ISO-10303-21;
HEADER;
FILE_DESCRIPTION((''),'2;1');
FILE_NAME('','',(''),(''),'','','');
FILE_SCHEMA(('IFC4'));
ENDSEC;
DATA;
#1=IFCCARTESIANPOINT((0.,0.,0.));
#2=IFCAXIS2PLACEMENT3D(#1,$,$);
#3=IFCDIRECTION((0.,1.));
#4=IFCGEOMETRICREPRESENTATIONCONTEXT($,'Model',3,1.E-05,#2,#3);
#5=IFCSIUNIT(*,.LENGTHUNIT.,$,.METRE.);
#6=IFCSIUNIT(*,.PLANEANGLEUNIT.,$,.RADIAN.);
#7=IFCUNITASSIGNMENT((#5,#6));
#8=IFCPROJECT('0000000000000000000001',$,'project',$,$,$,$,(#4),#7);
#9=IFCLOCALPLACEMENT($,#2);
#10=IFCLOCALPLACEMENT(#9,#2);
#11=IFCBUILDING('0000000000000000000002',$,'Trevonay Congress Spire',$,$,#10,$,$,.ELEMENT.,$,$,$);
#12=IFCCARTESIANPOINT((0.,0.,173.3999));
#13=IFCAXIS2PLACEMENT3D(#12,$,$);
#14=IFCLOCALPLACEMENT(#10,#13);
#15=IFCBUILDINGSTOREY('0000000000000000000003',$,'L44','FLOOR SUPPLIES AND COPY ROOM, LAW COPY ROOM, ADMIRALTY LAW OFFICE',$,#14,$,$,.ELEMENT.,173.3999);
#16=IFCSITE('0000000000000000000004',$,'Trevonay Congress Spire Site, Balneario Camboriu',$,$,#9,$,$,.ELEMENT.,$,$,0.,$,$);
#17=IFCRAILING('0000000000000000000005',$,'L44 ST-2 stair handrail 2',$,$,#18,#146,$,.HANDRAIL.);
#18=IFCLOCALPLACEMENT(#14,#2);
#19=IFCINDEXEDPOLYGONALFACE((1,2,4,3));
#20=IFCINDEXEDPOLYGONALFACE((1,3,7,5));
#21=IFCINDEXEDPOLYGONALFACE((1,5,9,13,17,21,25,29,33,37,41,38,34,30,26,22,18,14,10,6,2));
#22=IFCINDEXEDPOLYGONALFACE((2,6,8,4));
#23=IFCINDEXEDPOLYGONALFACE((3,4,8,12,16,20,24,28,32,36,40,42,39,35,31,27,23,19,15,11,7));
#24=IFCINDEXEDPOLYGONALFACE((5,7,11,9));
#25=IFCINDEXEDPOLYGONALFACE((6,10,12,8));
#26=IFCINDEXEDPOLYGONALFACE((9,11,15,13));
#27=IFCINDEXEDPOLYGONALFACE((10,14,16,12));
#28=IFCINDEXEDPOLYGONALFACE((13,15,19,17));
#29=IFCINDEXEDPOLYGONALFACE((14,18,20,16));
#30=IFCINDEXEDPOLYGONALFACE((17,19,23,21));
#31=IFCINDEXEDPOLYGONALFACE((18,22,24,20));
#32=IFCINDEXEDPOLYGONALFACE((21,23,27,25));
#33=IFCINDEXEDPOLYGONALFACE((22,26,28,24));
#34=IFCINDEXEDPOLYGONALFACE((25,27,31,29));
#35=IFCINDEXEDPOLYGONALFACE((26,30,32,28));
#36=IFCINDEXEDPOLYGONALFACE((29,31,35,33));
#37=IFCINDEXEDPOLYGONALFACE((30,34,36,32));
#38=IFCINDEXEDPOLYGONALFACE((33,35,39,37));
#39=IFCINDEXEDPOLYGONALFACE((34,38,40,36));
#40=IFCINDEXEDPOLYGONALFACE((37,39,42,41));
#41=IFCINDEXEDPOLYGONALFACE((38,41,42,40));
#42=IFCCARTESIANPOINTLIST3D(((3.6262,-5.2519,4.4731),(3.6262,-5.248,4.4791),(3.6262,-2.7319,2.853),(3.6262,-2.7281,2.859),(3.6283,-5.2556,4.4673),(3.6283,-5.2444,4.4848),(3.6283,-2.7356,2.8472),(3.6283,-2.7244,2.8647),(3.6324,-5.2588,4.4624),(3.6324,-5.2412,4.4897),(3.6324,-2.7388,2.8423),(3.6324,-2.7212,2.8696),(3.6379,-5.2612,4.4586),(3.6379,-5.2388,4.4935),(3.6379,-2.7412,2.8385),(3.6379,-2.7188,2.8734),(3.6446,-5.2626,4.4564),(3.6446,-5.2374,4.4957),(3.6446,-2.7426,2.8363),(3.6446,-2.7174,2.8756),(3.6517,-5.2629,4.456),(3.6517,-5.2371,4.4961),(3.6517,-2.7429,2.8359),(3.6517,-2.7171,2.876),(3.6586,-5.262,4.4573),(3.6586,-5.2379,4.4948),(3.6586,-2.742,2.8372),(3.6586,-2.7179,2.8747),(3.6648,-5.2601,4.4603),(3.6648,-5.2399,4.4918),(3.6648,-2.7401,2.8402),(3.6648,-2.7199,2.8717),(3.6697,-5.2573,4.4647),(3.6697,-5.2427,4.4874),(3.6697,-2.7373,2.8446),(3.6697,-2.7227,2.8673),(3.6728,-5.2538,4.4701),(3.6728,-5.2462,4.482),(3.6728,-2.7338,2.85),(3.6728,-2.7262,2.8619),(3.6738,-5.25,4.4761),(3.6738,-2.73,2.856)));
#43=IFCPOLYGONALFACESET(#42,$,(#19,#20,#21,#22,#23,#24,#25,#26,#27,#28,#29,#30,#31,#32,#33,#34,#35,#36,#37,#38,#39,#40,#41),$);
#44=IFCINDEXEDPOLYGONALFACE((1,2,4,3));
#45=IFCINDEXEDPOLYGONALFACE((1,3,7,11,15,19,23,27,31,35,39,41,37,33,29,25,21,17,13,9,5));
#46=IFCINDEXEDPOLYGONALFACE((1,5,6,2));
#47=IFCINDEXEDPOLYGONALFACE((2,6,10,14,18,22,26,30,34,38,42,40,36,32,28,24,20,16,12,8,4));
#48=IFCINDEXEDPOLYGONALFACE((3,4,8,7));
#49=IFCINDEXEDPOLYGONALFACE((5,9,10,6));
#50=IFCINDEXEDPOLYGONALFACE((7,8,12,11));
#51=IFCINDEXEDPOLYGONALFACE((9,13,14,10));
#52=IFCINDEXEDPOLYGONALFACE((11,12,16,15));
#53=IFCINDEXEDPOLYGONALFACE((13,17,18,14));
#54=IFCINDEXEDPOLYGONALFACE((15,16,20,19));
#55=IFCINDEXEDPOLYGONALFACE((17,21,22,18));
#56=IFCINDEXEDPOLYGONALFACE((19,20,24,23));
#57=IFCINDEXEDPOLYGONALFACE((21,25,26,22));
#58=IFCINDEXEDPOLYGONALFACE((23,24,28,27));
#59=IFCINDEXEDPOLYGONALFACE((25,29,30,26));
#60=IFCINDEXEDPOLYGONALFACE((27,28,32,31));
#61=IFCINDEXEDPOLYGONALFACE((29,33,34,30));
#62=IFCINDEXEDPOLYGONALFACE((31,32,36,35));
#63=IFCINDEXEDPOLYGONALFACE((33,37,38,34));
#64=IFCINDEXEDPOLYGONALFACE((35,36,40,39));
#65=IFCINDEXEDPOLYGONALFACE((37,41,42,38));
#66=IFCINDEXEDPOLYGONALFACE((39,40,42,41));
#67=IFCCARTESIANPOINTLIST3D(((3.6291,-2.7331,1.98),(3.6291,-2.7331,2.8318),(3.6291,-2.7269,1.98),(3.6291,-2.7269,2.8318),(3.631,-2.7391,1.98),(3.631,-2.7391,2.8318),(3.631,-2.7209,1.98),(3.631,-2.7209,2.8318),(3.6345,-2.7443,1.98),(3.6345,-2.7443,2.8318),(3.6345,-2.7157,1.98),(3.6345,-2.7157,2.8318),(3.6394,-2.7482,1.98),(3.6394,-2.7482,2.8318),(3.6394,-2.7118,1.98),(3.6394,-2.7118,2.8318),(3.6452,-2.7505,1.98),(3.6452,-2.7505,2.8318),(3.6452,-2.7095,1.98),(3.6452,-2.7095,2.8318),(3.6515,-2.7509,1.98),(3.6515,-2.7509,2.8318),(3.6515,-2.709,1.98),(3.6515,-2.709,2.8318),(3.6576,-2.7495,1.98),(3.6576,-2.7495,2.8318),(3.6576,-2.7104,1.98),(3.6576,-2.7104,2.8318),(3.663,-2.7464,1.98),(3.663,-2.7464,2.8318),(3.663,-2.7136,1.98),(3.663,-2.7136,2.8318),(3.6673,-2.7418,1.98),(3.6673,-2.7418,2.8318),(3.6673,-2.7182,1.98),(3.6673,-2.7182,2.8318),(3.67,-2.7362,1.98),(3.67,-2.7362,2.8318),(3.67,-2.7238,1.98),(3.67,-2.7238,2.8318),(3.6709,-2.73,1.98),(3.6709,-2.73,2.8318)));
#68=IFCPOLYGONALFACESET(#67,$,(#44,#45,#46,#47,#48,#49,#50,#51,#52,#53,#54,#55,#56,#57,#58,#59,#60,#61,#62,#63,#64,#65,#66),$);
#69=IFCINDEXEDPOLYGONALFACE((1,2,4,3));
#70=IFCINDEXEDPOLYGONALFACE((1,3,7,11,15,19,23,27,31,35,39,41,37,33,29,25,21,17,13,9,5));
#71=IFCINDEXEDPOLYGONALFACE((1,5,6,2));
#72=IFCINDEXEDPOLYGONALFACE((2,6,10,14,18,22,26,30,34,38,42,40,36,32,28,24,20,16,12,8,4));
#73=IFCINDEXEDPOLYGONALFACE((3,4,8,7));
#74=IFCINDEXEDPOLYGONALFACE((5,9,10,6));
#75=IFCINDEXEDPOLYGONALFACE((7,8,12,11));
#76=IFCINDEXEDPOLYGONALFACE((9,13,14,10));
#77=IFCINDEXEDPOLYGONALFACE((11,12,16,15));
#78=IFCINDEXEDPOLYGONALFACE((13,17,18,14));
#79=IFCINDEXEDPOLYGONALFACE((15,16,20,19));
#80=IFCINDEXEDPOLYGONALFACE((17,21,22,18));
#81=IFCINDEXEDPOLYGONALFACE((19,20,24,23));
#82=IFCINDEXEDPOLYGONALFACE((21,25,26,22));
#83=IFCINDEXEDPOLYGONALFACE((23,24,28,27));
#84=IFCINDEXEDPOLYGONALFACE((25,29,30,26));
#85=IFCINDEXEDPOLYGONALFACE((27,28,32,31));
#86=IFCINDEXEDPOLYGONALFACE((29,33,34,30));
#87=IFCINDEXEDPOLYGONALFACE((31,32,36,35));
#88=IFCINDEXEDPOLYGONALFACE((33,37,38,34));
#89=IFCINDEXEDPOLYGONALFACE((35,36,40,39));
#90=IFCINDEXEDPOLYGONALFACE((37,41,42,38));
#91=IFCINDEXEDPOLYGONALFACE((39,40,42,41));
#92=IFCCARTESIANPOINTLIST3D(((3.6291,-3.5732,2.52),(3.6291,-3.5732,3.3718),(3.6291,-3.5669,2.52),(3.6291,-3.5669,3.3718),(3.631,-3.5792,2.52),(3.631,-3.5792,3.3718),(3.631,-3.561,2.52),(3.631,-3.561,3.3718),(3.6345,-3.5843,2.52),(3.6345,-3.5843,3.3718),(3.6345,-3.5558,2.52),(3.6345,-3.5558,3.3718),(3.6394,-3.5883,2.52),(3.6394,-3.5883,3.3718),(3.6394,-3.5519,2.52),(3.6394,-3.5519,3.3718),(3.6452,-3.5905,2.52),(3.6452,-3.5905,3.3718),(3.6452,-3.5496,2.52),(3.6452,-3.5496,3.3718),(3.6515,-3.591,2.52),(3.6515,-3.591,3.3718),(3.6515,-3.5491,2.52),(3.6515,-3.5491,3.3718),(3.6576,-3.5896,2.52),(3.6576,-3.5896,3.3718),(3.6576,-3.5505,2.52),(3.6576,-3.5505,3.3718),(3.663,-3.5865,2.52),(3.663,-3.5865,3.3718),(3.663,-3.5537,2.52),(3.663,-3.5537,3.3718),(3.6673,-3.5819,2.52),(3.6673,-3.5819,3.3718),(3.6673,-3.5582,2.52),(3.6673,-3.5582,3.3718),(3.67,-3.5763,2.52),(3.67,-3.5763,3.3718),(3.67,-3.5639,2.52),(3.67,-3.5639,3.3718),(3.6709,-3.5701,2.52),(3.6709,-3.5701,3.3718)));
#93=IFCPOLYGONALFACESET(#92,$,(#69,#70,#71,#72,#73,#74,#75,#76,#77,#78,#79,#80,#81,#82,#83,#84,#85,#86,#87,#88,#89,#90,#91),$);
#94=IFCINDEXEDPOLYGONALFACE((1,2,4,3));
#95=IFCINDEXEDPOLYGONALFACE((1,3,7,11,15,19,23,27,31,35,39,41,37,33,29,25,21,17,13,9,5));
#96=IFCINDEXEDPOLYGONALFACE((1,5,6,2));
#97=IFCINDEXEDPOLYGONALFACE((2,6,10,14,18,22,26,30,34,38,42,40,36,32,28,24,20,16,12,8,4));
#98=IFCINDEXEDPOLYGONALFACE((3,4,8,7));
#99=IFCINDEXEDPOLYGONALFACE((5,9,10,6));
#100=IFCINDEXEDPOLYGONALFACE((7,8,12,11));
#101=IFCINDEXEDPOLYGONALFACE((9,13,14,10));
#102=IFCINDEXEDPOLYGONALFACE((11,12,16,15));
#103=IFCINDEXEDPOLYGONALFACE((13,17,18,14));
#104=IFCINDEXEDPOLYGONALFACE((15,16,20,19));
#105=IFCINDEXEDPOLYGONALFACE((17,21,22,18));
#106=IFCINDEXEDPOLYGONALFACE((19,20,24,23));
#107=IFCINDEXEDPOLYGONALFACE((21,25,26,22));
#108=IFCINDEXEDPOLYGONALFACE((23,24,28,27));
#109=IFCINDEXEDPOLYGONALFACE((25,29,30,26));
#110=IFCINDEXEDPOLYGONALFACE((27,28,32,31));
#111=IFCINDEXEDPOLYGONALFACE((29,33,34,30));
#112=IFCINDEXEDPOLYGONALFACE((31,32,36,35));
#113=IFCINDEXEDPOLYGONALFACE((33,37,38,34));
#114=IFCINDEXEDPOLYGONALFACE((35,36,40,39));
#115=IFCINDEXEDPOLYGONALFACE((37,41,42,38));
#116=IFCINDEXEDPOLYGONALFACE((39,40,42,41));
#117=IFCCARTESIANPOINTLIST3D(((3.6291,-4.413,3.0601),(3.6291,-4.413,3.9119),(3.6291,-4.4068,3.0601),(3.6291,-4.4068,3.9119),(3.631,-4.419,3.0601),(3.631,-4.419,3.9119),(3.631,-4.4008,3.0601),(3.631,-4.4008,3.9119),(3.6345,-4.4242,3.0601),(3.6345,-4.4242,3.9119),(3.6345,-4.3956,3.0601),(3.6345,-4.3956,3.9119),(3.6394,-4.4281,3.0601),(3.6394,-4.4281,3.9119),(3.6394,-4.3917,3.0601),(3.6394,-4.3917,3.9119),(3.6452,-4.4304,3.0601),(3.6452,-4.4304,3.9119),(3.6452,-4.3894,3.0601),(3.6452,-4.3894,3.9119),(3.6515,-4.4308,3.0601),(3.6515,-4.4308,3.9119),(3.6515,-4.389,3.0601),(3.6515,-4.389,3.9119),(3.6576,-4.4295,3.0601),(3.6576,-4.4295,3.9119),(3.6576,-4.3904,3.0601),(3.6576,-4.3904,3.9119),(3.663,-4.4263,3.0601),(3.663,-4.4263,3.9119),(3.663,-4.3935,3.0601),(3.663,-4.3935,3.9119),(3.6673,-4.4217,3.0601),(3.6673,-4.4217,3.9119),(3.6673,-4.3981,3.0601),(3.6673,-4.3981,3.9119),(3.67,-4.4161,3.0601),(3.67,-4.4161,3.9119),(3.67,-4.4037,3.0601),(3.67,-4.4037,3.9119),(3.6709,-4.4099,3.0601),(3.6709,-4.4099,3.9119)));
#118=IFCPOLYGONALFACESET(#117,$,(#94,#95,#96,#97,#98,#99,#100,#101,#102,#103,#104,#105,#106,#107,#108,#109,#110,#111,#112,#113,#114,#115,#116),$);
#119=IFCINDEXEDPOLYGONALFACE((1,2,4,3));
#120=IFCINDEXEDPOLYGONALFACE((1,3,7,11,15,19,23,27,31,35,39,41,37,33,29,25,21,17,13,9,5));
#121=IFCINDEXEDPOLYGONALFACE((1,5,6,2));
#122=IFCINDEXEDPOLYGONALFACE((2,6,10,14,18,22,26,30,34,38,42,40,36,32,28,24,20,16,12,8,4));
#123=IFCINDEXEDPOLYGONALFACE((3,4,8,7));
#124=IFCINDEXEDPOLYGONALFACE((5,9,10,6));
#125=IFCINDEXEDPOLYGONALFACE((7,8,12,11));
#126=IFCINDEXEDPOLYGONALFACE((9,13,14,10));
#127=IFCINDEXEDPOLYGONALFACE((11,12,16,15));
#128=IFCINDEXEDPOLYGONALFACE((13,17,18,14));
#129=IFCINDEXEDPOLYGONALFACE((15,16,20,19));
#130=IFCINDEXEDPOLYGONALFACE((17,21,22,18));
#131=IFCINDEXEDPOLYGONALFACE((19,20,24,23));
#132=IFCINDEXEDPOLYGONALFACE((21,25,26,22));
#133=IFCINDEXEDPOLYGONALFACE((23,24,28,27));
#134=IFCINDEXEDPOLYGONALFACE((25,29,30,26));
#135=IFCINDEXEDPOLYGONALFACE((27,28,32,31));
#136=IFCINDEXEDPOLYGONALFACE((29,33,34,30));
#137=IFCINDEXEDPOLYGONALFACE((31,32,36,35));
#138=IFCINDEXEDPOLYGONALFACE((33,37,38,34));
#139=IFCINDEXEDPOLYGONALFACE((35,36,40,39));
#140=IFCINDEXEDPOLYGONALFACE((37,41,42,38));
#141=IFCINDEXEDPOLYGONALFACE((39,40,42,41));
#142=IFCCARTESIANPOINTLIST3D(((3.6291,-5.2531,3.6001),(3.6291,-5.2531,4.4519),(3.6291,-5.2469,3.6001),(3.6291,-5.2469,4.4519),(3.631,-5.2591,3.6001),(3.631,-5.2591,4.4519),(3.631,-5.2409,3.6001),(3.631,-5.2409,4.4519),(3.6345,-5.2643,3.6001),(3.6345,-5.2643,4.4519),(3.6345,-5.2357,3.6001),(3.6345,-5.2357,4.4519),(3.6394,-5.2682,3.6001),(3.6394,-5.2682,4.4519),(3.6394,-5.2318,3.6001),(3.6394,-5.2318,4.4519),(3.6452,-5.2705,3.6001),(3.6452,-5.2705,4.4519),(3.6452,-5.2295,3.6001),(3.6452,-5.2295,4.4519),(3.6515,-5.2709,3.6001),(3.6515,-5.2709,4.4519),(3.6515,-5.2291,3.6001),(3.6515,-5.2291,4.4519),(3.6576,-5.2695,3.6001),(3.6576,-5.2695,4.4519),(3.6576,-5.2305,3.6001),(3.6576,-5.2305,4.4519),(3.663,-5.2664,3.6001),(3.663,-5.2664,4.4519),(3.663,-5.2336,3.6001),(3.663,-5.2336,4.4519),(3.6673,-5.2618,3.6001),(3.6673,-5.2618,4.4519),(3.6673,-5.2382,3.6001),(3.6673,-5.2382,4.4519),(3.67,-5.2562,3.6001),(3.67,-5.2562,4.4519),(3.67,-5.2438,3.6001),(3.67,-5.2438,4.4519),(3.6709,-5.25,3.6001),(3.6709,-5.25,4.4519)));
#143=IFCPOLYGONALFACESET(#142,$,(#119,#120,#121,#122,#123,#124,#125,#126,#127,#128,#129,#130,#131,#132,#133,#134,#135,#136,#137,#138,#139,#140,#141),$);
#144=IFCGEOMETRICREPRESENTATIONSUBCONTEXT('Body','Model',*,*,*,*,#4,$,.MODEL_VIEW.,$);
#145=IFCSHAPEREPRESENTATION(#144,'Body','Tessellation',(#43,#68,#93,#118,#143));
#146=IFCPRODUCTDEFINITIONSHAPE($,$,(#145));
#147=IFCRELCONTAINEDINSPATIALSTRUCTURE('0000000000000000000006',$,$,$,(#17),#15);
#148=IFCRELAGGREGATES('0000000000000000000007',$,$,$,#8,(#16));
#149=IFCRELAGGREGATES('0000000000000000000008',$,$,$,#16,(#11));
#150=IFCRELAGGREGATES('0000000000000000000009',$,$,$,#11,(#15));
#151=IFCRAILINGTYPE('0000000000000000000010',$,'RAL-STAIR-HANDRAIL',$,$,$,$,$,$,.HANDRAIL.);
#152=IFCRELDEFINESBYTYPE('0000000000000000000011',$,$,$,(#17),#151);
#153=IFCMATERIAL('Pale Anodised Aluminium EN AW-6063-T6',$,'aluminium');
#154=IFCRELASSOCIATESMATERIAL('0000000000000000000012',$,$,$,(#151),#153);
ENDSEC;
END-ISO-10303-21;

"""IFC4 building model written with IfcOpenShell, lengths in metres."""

from ifc_helpers import new_model, si_unit, direction, frame, origin, origin_2d, place, context, subcontext, project, spatial, circle, extrude, material, type_object, element, save


model = new_model("IFC4")

# Units and contexts
model_context = context("Model", 3, precision=1e-05, world=origin(), true_north=direction((0.0, 1.0)))
body_context = subcontext(model_context, "Body", "Model", "MODEL_VIEW")
ifc_project = project(units=[si_unit("LENGTHUNIT", "METRE"), si_unit("PLANEANGLEUNIT", "RADIAN")], contexts=[model_context])

# Site, building, storey
site_placement = place(None, origin())
site = spatial("IfcSite", under=ifc_project, at=site_placement, Name="Trevonay Congress Spire Site, Balneario Camboriu", CompositionType="ELEMENT", RefElevation=0.0)
building_placement = place(site_placement, origin())
building = spatial("IfcBuilding", under=site, at=building_placement, Name="Trevonay Congress Spire", CompositionType="ELEMENT")
storey_placement = place(building_placement, frame((0.0, 0.0, 173.3999)))
storey = spatial("IfcBuildingStorey", under=building, at=storey_placement, Name="L44", Description="FLOOR SUPPLIES AND COPY ROOM, LAW COPY ROOM, ADMIRALTY LAW OFFICE", CompositionType="ELEMENT", Elevation=173.3999)

# Railing
ifc_material_1 = material(Name="Pale Anodised Aluminium EN AW-6063-T6", Category="aluminium")
railing_type_1 = type_object("IfcRailingType", Name="RAL-STAIR-HANDRAIL", PredefinedType="HANDRAIL", material=ifc_material_1)
railing_1_placement = place(storey_placement, frame((3.6499, -2.73, 1.98)))
element("IfcRailing", 1, at=railing_1_placement, inside=storey, type_object=railing_type_1, Name="L44 ST-2 stair handrail 2", PredefinedType="HANDRAIL", context=body_context, shape_type="SweptSolid", body=[
    extrude(circle(Radius=0.0239, at=origin_2d()), frame((0.0, 0.0, 0.876), z_axis=(0.0, -0.841163, 0.540782), x_axis=(1.0, 0.0, 0.0)), (0.0, 0.0, 1.0), 2.9958),
    extrude(circle(Radius=0.021, at=origin_2d()), origin(), (0.0, 0.0, 1.0), 0.8518),
    extrude(circle(Radius=0.021, at=origin_2d()), frame((0.0, -0.8401, 0.54)), (0.0, 0.0, 1.0), 0.8518),
    extrude(circle(Radius=0.021, at=origin_2d()), frame((0.0, -1.6799, 1.0801)), (0.0, 0.0, 1.0), 0.8518),
    extrude(circle(Radius=0.021, at=origin_2d()), frame((0.0, -2.52, 1.6201)), (0.0, 0.0, 1.0), 0.8518),
])

save(model, "model.ifc")
